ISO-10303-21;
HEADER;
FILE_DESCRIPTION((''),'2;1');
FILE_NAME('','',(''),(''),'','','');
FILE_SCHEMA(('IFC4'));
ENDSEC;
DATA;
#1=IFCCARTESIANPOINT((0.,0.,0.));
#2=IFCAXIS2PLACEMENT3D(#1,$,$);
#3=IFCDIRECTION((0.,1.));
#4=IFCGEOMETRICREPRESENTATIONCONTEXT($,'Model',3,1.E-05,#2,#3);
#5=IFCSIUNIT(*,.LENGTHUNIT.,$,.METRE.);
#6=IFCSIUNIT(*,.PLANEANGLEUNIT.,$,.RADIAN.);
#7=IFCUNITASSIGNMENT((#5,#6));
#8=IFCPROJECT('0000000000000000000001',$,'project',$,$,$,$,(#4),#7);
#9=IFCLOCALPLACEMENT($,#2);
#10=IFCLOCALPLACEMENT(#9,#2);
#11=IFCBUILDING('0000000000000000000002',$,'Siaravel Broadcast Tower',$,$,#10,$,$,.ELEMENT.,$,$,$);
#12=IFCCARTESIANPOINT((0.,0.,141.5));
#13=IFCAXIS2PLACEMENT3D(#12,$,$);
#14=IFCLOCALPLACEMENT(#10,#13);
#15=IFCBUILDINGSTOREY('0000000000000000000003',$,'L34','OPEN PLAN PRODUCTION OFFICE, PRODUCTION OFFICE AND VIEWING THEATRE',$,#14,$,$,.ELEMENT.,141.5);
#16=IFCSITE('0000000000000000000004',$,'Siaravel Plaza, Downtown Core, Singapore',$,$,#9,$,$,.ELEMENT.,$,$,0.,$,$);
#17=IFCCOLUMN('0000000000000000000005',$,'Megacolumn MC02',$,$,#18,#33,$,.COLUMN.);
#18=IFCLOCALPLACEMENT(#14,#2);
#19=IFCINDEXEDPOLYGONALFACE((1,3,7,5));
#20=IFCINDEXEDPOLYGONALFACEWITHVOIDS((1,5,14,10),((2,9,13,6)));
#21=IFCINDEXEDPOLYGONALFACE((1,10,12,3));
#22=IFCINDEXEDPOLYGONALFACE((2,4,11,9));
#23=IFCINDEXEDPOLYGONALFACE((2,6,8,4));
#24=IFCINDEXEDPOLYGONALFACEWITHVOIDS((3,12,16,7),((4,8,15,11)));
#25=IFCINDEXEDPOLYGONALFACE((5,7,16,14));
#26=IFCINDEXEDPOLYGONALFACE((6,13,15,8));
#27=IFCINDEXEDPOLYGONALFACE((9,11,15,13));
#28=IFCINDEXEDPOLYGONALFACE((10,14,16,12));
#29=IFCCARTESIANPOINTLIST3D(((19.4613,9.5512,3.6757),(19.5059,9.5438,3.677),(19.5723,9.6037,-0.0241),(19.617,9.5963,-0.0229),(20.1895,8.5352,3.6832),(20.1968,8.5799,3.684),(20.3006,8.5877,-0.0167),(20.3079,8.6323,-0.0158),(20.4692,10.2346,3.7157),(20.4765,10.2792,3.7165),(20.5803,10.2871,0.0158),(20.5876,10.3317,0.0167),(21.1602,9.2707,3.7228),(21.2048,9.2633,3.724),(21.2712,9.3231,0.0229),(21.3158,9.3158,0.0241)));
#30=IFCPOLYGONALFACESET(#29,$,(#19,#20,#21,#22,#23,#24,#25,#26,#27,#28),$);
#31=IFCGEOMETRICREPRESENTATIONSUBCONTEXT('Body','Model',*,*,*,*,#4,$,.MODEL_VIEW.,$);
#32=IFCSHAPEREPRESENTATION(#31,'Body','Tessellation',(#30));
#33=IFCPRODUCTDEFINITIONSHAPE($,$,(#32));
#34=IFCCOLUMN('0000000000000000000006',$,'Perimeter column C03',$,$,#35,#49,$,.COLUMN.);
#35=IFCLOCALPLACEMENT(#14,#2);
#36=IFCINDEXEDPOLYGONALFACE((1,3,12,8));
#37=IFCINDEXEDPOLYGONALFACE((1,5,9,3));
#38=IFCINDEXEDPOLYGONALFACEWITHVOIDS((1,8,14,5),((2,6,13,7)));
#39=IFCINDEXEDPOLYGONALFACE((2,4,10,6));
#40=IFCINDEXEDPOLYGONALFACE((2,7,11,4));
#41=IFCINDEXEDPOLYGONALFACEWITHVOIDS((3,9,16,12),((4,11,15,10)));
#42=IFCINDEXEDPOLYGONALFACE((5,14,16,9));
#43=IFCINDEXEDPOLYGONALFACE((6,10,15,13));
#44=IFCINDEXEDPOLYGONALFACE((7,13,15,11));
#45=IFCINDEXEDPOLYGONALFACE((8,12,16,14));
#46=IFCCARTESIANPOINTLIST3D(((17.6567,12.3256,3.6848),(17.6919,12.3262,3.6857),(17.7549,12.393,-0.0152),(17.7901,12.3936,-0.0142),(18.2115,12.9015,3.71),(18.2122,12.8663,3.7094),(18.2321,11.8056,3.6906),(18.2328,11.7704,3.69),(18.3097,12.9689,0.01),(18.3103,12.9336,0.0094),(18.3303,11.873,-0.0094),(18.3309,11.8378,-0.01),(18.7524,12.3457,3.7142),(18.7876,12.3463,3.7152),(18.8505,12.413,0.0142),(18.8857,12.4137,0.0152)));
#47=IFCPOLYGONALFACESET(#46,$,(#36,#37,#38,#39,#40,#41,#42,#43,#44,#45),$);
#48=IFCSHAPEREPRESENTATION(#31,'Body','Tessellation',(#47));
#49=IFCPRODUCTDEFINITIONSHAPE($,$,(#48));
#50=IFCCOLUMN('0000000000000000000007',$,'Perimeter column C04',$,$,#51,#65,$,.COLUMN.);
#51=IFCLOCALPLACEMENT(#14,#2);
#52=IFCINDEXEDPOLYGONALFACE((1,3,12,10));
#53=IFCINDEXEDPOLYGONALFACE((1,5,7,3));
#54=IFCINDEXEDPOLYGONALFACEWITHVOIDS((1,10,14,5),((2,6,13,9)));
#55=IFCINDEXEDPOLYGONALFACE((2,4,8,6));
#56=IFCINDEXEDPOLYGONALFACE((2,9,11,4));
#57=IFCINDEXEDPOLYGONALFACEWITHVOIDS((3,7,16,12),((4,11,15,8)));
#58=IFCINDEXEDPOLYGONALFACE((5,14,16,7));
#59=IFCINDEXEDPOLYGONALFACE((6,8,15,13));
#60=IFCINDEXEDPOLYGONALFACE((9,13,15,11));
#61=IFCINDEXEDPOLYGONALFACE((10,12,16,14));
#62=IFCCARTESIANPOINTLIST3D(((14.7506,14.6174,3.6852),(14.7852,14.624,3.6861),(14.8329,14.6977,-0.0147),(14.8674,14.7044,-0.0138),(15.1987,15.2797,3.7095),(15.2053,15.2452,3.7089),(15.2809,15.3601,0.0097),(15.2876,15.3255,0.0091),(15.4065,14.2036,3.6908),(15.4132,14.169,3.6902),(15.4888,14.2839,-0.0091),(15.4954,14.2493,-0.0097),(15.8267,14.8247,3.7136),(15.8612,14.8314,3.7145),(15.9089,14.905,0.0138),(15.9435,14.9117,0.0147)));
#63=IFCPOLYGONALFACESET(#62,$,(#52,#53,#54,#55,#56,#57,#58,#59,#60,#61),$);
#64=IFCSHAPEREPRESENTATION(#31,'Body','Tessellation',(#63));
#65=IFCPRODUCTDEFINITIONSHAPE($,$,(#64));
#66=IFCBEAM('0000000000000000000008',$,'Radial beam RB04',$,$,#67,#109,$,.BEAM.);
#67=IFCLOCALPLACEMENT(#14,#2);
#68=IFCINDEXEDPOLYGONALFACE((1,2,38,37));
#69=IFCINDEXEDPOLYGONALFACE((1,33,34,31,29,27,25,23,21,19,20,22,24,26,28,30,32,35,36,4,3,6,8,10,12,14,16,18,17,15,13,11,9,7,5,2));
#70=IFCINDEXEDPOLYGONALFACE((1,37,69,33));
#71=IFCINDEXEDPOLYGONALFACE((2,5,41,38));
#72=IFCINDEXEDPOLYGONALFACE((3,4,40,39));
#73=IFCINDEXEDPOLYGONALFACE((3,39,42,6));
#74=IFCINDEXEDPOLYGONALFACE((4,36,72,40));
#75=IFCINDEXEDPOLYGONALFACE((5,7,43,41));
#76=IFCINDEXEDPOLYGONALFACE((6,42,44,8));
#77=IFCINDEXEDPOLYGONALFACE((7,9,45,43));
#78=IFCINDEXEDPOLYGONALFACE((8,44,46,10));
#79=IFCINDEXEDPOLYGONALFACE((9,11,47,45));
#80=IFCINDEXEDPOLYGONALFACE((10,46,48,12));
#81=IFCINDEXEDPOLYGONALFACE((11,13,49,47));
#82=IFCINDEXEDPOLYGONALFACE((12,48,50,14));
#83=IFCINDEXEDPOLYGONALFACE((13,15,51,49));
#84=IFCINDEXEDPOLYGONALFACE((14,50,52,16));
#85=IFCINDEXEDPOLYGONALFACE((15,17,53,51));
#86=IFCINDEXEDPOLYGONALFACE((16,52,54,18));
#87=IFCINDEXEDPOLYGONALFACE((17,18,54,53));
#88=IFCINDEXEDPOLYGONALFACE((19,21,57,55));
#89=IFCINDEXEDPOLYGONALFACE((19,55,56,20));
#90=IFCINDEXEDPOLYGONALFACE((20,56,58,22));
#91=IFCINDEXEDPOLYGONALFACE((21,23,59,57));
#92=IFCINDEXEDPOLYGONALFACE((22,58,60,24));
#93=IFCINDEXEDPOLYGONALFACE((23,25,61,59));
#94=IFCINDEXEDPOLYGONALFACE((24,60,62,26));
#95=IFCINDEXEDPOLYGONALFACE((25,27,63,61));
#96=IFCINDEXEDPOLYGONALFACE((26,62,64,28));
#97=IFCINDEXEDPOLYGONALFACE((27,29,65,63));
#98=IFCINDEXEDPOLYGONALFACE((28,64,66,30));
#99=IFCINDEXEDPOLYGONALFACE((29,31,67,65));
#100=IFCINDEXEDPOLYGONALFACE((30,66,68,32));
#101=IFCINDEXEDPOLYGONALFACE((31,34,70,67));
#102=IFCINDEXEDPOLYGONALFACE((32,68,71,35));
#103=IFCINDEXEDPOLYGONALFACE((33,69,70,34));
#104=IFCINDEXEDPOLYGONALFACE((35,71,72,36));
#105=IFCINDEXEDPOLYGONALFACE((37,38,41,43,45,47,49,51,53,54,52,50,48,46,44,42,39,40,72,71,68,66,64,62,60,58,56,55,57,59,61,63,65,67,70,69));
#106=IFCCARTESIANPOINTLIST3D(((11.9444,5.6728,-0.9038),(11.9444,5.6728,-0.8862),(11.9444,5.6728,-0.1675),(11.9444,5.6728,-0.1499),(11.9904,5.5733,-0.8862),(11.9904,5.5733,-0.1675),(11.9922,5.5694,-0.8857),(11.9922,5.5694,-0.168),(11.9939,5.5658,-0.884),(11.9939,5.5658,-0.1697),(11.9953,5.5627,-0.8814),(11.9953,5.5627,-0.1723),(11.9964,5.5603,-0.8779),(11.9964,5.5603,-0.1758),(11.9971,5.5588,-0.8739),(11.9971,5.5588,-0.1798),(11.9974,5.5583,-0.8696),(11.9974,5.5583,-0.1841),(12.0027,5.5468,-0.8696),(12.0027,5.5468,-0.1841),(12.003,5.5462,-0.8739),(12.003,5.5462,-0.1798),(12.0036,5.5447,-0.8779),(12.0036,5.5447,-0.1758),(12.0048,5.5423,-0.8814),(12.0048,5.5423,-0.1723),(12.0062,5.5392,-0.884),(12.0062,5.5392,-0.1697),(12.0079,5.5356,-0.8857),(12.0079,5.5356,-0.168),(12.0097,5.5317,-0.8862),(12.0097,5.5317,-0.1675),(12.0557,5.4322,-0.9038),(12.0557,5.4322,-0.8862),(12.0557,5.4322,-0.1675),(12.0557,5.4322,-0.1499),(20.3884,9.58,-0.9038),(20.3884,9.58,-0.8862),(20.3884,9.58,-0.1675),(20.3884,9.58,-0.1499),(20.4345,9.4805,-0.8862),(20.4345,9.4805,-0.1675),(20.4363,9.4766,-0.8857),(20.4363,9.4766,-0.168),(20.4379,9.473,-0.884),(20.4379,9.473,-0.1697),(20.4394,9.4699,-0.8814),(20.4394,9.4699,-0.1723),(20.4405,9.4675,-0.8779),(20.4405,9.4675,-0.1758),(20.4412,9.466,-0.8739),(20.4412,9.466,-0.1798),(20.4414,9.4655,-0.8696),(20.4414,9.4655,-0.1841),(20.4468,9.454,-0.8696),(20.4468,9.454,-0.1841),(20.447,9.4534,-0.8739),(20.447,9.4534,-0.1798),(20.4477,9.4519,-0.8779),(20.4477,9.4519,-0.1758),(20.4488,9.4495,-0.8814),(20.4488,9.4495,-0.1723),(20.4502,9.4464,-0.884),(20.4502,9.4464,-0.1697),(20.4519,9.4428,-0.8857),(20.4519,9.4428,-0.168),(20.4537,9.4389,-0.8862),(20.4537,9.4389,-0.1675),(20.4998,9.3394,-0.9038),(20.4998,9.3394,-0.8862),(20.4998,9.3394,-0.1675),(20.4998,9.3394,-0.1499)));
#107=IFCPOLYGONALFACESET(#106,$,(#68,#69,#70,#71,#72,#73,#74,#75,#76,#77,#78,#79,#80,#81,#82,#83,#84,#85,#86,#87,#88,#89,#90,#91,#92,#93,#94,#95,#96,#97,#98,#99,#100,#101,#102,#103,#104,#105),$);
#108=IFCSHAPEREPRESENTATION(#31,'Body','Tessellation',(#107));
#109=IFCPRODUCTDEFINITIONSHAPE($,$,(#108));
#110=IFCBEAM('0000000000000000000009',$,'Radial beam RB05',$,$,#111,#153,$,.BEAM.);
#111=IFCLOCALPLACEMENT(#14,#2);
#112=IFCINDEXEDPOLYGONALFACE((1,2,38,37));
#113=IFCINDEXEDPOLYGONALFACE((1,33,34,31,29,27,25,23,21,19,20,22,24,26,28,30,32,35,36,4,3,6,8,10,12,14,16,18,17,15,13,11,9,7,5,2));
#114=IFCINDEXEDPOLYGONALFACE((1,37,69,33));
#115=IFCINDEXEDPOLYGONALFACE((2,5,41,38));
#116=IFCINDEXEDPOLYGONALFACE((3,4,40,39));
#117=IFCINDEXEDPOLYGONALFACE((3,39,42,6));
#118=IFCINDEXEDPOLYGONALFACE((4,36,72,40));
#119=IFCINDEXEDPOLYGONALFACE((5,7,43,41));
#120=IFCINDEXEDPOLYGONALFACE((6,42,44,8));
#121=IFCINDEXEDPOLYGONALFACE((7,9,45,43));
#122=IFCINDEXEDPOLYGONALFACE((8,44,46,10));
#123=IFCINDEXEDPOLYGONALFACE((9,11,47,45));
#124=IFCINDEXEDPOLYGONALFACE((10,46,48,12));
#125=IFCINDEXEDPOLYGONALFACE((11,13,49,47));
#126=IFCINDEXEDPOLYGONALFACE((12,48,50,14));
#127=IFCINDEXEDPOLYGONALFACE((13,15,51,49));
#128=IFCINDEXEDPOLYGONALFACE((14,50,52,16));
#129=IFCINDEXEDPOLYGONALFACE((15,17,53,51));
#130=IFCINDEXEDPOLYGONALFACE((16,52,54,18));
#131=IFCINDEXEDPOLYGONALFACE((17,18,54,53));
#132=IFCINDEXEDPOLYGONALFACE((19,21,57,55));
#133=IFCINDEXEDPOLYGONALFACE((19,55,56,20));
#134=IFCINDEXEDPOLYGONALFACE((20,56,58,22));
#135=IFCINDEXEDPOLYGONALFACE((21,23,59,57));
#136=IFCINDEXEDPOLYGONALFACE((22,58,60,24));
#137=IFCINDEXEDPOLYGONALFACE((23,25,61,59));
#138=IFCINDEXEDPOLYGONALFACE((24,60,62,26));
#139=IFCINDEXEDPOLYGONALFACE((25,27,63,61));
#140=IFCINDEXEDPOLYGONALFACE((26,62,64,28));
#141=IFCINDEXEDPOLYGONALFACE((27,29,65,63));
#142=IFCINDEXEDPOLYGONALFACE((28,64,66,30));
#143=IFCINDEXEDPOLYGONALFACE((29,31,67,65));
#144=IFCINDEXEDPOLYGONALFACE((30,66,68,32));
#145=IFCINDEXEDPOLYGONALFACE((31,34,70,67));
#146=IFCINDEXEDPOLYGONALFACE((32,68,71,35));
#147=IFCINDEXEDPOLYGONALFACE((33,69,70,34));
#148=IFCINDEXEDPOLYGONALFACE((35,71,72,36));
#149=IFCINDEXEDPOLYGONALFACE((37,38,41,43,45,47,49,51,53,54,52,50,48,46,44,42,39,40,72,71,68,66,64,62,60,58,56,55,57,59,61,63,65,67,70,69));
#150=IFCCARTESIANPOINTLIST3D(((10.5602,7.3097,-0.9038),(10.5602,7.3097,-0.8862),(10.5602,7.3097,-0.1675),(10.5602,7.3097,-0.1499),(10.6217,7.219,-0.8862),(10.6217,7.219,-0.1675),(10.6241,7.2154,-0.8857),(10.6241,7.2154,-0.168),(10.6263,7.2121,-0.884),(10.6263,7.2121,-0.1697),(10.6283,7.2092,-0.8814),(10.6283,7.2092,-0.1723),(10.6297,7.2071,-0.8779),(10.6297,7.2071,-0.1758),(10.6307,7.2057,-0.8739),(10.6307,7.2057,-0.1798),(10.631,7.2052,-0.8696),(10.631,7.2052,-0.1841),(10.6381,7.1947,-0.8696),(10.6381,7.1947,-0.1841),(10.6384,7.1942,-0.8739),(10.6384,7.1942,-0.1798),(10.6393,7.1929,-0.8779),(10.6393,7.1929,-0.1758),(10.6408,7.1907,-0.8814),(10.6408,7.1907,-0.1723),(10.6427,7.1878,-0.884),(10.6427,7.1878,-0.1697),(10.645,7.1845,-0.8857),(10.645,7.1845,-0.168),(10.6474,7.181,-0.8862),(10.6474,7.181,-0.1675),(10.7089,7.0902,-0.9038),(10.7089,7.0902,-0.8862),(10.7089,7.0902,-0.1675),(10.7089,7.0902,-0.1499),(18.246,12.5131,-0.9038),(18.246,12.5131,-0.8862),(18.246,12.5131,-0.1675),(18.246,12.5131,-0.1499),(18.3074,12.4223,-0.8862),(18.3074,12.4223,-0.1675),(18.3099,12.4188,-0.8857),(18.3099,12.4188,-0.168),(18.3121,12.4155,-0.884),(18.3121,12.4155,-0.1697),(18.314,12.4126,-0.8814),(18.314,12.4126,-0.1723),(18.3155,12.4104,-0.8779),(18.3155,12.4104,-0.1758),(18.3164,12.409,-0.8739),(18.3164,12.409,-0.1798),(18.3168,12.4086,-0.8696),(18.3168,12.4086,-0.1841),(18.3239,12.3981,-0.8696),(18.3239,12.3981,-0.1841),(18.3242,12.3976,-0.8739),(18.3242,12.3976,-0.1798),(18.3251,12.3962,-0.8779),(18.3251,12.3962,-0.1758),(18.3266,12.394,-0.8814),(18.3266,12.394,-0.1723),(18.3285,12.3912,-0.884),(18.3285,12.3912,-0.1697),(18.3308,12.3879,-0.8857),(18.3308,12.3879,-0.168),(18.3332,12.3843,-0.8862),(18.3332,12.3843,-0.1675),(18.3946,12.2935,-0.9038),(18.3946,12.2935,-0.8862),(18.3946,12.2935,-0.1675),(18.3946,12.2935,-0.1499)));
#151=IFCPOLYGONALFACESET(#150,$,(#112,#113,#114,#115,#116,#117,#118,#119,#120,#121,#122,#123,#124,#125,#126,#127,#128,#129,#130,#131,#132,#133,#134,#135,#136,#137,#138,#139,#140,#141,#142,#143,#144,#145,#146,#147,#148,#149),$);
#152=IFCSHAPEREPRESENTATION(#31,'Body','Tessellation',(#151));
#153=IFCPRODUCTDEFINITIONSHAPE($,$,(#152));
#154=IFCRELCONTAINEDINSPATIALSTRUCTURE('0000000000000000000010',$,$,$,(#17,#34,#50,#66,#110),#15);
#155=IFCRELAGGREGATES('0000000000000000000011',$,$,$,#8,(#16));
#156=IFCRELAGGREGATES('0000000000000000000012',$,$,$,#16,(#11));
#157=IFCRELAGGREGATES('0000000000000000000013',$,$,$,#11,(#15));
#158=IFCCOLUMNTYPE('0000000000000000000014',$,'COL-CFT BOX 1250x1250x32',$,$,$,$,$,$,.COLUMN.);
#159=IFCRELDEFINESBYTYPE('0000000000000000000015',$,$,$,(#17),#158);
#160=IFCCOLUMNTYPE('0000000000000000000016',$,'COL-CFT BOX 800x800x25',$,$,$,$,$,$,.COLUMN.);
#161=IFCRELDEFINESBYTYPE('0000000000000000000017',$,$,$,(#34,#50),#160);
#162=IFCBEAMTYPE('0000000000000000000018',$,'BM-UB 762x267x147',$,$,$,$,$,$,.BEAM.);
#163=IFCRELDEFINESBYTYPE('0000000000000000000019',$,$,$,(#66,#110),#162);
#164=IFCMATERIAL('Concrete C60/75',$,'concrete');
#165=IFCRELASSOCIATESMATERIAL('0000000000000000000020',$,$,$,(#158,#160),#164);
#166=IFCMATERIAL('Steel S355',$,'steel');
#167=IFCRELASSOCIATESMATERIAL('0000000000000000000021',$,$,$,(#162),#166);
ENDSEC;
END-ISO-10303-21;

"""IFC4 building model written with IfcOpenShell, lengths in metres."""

from ifc_helpers import new_model, si_unit, direction, frame, origin, origin_2d, place, context, subcontext, project, spatial, hollow_rectangle, i_section, extrude, material, material_profile, profile_set, type_object, element, save


model = new_model("IFC4")

# Units and contexts
model_context = context("Model", 3, precision=1e-05, world=origin(), true_north=direction((0.0, 1.0)))
body_context = subcontext(model_context, "Body", "Model", "MODEL_VIEW")
ifc_project = project(units=[si_unit("LENGTHUNIT", "METRE"), si_unit("PLANEANGLEUNIT", "RADIAN")], contexts=[model_context])

# Site, building, storey
site_placement = place(None, origin())
site = spatial("IfcSite", under=ifc_project, at=site_placement, Name="Siaravel Plaza, Downtown Core, Singapore", CompositionType="ELEMENT", RefElevation=0.0)
building_placement = place(site_placement, origin())
building = spatial("IfcBuilding", under=site, at=building_placement, Name="Siaravel Broadcast Tower", CompositionType="ELEMENT")
storey_placement = place(building_placement, frame((0.0, 0.0, 141.5)))
storey = spatial("IfcBuildingStorey", under=building, at=storey_placement, Name="L34", Description="OPEN PLAN PRODUCTION OFFICE, PRODUCTION OFFICE AND VIEWING THEATRE", CompositionType="ELEMENT", Elevation=141.5)

# Columns
ifc_material_1 = material(Name="Concrete C60/75", Category="concrete")
ifc_material_profile_1 = material_profile(ifc_material_1, hollow_rectangle(XDim=1.25, YDim=1.25, WallThickness=0.032, at=origin_2d()))
ifc_profile_set_1 = profile_set([ifc_material_profile_1], Name="Concrete C60/75")
column_type_1 = type_object("IfcColumnType", Name="COL-CFT BOX 1250x1250x32", PredefinedType="COLUMN", material=ifc_profile_set_1)
column_1_placement = place(storey_placement, frame((20.4441, 9.4597, 0.0), z_axis=(-0.030007, -0.014179, 0.999449), x_axis=(0.582587, -0.812746, 0.005961)))
element("IfcColumn", 1, at=column_1_placement, inside=storey, type_object=column_type_1, Name="Megacolumn MC02", PredefinedType="COLUMN", context=body_context, shape_type="SweptSolid", body=[
    extrude(hollow_rectangle(XDim=1.25, YDim=1.25, WallThickness=0.032, at=origin_2d()), origin(), (0.0, 0.0, 1.0), 3.7019),
])
ifc_material_profile_2 = material_profile(ifc_material_1, hollow_rectangle(XDim=0.8, YDim=0.8, WallThickness=0.0249, at=origin_2d()))
ifc_profile_set_2 = profile_set([ifc_material_profile_2], Name="Concrete C60/75")
column_type_2 = type_object("IfcColumnType", Name="COL-CFT BOX 800x800x25", PredefinedType="COLUMN", material=ifc_profile_set_2)
column_2_placement = place(storey_placement, frame((18.3203, 12.4033, 0.0), z_axis=(-0.026512, -0.018202, 0.999483), x_axis=(0.72002, -0.693923, 0.006462)))
element("IfcColumn", 2, at=column_2_placement, inside=storey, type_object=column_type_2, Name="Perimeter column C03", PredefinedType="COLUMN", context=body_context, shape_type="SweptSolid", body=[
    extrude(hollow_rectangle(XDim=0.8, YDim=0.8, WallThickness=0.0249, at=origin_2d()), origin(), (0.0, 0.0, 1.0), 3.7019),
])
column_3_placement = place(storey_placement, frame((15.3882, 14.8047, 0.0), z_axis=(-0.022226, -0.021699, 0.999517), x_axis=(0.828165, -0.56045, 0.006249)))
element("IfcColumn", 3, at=column_3_placement, inside=storey, type_object=column_type_2, Name="Perimeter column C04", PredefinedType="COLUMN", context=body_context, shape_type="SweptSolid", body=[
    extrude(hollow_rectangle(XDim=0.8, YDim=0.8, WallThickness=0.0249, at=origin_2d()), origin(), (0.0, 0.0, 1.0), 3.7017),
])

# Beams
ifc_material_2 = material(Name="Steel S355", Category="steel")
ifc_material_profile_3 = material_profile(ifc_material_2, i_section(OverallWidth=0.2651, OverallDepth=0.7539, WebThickness=0.0127, FlangeThickness=0.0176, FilletRadius=0.0166, at=origin_2d()))
ifc_profile_set_3 = profile_set([ifc_material_profile_3], Name="Steel S355")
beam_type = type_object("IfcBeamType", Name="BM-UB 762x267x147", PredefinedType="BEAM", material=ifc_profile_set_3)
beam_1_placement = place(storey_placement, frame((20.4441, 9.4597, -0.5269), z_axis=(-0.907552, -0.41994, 0.0), x_axis=(0.41994, -0.907552, 0.0)))
element("IfcBeam", 4, at=beam_1_placement, inside=storey, type_object=beam_type, Name="Radial beam RB04", PredefinedType="BEAM", context=body_context, shape_type="SweptSolid", body=[
    extrude(i_section(OverallWidth=0.2651, OverallDepth=0.7539, WebThickness=0.0127, FlangeThickness=0.0176, FilletRadius=0.0166, at=origin_2d()), origin(), (0.0, 0.0, 1.0), 9.3042),
])
beam_2_placement = place(storey_placement, frame((18.3203, 12.4033, -0.5269), z_axis=(-0.828075, -0.560617, 0.0), x_axis=(0.560617, -0.828075, 0.0)))
element("IfcBeam", 5, at=beam_2_placement, inside=storey, type_object=beam_type, Name="Radial beam RB05", PredefinedType="BEAM", context=body_context, shape_type="SweptSolid", body=[
    extrude(i_section(OverallWidth=0.2651, OverallDepth=0.7539, WebThickness=0.0127, FlangeThickness=0.0176, FilletRadius=0.0166, at=origin_2d()), origin(), (0.0, 0.0, 1.0), 9.2815),
])

save(model, "model.ifc")
